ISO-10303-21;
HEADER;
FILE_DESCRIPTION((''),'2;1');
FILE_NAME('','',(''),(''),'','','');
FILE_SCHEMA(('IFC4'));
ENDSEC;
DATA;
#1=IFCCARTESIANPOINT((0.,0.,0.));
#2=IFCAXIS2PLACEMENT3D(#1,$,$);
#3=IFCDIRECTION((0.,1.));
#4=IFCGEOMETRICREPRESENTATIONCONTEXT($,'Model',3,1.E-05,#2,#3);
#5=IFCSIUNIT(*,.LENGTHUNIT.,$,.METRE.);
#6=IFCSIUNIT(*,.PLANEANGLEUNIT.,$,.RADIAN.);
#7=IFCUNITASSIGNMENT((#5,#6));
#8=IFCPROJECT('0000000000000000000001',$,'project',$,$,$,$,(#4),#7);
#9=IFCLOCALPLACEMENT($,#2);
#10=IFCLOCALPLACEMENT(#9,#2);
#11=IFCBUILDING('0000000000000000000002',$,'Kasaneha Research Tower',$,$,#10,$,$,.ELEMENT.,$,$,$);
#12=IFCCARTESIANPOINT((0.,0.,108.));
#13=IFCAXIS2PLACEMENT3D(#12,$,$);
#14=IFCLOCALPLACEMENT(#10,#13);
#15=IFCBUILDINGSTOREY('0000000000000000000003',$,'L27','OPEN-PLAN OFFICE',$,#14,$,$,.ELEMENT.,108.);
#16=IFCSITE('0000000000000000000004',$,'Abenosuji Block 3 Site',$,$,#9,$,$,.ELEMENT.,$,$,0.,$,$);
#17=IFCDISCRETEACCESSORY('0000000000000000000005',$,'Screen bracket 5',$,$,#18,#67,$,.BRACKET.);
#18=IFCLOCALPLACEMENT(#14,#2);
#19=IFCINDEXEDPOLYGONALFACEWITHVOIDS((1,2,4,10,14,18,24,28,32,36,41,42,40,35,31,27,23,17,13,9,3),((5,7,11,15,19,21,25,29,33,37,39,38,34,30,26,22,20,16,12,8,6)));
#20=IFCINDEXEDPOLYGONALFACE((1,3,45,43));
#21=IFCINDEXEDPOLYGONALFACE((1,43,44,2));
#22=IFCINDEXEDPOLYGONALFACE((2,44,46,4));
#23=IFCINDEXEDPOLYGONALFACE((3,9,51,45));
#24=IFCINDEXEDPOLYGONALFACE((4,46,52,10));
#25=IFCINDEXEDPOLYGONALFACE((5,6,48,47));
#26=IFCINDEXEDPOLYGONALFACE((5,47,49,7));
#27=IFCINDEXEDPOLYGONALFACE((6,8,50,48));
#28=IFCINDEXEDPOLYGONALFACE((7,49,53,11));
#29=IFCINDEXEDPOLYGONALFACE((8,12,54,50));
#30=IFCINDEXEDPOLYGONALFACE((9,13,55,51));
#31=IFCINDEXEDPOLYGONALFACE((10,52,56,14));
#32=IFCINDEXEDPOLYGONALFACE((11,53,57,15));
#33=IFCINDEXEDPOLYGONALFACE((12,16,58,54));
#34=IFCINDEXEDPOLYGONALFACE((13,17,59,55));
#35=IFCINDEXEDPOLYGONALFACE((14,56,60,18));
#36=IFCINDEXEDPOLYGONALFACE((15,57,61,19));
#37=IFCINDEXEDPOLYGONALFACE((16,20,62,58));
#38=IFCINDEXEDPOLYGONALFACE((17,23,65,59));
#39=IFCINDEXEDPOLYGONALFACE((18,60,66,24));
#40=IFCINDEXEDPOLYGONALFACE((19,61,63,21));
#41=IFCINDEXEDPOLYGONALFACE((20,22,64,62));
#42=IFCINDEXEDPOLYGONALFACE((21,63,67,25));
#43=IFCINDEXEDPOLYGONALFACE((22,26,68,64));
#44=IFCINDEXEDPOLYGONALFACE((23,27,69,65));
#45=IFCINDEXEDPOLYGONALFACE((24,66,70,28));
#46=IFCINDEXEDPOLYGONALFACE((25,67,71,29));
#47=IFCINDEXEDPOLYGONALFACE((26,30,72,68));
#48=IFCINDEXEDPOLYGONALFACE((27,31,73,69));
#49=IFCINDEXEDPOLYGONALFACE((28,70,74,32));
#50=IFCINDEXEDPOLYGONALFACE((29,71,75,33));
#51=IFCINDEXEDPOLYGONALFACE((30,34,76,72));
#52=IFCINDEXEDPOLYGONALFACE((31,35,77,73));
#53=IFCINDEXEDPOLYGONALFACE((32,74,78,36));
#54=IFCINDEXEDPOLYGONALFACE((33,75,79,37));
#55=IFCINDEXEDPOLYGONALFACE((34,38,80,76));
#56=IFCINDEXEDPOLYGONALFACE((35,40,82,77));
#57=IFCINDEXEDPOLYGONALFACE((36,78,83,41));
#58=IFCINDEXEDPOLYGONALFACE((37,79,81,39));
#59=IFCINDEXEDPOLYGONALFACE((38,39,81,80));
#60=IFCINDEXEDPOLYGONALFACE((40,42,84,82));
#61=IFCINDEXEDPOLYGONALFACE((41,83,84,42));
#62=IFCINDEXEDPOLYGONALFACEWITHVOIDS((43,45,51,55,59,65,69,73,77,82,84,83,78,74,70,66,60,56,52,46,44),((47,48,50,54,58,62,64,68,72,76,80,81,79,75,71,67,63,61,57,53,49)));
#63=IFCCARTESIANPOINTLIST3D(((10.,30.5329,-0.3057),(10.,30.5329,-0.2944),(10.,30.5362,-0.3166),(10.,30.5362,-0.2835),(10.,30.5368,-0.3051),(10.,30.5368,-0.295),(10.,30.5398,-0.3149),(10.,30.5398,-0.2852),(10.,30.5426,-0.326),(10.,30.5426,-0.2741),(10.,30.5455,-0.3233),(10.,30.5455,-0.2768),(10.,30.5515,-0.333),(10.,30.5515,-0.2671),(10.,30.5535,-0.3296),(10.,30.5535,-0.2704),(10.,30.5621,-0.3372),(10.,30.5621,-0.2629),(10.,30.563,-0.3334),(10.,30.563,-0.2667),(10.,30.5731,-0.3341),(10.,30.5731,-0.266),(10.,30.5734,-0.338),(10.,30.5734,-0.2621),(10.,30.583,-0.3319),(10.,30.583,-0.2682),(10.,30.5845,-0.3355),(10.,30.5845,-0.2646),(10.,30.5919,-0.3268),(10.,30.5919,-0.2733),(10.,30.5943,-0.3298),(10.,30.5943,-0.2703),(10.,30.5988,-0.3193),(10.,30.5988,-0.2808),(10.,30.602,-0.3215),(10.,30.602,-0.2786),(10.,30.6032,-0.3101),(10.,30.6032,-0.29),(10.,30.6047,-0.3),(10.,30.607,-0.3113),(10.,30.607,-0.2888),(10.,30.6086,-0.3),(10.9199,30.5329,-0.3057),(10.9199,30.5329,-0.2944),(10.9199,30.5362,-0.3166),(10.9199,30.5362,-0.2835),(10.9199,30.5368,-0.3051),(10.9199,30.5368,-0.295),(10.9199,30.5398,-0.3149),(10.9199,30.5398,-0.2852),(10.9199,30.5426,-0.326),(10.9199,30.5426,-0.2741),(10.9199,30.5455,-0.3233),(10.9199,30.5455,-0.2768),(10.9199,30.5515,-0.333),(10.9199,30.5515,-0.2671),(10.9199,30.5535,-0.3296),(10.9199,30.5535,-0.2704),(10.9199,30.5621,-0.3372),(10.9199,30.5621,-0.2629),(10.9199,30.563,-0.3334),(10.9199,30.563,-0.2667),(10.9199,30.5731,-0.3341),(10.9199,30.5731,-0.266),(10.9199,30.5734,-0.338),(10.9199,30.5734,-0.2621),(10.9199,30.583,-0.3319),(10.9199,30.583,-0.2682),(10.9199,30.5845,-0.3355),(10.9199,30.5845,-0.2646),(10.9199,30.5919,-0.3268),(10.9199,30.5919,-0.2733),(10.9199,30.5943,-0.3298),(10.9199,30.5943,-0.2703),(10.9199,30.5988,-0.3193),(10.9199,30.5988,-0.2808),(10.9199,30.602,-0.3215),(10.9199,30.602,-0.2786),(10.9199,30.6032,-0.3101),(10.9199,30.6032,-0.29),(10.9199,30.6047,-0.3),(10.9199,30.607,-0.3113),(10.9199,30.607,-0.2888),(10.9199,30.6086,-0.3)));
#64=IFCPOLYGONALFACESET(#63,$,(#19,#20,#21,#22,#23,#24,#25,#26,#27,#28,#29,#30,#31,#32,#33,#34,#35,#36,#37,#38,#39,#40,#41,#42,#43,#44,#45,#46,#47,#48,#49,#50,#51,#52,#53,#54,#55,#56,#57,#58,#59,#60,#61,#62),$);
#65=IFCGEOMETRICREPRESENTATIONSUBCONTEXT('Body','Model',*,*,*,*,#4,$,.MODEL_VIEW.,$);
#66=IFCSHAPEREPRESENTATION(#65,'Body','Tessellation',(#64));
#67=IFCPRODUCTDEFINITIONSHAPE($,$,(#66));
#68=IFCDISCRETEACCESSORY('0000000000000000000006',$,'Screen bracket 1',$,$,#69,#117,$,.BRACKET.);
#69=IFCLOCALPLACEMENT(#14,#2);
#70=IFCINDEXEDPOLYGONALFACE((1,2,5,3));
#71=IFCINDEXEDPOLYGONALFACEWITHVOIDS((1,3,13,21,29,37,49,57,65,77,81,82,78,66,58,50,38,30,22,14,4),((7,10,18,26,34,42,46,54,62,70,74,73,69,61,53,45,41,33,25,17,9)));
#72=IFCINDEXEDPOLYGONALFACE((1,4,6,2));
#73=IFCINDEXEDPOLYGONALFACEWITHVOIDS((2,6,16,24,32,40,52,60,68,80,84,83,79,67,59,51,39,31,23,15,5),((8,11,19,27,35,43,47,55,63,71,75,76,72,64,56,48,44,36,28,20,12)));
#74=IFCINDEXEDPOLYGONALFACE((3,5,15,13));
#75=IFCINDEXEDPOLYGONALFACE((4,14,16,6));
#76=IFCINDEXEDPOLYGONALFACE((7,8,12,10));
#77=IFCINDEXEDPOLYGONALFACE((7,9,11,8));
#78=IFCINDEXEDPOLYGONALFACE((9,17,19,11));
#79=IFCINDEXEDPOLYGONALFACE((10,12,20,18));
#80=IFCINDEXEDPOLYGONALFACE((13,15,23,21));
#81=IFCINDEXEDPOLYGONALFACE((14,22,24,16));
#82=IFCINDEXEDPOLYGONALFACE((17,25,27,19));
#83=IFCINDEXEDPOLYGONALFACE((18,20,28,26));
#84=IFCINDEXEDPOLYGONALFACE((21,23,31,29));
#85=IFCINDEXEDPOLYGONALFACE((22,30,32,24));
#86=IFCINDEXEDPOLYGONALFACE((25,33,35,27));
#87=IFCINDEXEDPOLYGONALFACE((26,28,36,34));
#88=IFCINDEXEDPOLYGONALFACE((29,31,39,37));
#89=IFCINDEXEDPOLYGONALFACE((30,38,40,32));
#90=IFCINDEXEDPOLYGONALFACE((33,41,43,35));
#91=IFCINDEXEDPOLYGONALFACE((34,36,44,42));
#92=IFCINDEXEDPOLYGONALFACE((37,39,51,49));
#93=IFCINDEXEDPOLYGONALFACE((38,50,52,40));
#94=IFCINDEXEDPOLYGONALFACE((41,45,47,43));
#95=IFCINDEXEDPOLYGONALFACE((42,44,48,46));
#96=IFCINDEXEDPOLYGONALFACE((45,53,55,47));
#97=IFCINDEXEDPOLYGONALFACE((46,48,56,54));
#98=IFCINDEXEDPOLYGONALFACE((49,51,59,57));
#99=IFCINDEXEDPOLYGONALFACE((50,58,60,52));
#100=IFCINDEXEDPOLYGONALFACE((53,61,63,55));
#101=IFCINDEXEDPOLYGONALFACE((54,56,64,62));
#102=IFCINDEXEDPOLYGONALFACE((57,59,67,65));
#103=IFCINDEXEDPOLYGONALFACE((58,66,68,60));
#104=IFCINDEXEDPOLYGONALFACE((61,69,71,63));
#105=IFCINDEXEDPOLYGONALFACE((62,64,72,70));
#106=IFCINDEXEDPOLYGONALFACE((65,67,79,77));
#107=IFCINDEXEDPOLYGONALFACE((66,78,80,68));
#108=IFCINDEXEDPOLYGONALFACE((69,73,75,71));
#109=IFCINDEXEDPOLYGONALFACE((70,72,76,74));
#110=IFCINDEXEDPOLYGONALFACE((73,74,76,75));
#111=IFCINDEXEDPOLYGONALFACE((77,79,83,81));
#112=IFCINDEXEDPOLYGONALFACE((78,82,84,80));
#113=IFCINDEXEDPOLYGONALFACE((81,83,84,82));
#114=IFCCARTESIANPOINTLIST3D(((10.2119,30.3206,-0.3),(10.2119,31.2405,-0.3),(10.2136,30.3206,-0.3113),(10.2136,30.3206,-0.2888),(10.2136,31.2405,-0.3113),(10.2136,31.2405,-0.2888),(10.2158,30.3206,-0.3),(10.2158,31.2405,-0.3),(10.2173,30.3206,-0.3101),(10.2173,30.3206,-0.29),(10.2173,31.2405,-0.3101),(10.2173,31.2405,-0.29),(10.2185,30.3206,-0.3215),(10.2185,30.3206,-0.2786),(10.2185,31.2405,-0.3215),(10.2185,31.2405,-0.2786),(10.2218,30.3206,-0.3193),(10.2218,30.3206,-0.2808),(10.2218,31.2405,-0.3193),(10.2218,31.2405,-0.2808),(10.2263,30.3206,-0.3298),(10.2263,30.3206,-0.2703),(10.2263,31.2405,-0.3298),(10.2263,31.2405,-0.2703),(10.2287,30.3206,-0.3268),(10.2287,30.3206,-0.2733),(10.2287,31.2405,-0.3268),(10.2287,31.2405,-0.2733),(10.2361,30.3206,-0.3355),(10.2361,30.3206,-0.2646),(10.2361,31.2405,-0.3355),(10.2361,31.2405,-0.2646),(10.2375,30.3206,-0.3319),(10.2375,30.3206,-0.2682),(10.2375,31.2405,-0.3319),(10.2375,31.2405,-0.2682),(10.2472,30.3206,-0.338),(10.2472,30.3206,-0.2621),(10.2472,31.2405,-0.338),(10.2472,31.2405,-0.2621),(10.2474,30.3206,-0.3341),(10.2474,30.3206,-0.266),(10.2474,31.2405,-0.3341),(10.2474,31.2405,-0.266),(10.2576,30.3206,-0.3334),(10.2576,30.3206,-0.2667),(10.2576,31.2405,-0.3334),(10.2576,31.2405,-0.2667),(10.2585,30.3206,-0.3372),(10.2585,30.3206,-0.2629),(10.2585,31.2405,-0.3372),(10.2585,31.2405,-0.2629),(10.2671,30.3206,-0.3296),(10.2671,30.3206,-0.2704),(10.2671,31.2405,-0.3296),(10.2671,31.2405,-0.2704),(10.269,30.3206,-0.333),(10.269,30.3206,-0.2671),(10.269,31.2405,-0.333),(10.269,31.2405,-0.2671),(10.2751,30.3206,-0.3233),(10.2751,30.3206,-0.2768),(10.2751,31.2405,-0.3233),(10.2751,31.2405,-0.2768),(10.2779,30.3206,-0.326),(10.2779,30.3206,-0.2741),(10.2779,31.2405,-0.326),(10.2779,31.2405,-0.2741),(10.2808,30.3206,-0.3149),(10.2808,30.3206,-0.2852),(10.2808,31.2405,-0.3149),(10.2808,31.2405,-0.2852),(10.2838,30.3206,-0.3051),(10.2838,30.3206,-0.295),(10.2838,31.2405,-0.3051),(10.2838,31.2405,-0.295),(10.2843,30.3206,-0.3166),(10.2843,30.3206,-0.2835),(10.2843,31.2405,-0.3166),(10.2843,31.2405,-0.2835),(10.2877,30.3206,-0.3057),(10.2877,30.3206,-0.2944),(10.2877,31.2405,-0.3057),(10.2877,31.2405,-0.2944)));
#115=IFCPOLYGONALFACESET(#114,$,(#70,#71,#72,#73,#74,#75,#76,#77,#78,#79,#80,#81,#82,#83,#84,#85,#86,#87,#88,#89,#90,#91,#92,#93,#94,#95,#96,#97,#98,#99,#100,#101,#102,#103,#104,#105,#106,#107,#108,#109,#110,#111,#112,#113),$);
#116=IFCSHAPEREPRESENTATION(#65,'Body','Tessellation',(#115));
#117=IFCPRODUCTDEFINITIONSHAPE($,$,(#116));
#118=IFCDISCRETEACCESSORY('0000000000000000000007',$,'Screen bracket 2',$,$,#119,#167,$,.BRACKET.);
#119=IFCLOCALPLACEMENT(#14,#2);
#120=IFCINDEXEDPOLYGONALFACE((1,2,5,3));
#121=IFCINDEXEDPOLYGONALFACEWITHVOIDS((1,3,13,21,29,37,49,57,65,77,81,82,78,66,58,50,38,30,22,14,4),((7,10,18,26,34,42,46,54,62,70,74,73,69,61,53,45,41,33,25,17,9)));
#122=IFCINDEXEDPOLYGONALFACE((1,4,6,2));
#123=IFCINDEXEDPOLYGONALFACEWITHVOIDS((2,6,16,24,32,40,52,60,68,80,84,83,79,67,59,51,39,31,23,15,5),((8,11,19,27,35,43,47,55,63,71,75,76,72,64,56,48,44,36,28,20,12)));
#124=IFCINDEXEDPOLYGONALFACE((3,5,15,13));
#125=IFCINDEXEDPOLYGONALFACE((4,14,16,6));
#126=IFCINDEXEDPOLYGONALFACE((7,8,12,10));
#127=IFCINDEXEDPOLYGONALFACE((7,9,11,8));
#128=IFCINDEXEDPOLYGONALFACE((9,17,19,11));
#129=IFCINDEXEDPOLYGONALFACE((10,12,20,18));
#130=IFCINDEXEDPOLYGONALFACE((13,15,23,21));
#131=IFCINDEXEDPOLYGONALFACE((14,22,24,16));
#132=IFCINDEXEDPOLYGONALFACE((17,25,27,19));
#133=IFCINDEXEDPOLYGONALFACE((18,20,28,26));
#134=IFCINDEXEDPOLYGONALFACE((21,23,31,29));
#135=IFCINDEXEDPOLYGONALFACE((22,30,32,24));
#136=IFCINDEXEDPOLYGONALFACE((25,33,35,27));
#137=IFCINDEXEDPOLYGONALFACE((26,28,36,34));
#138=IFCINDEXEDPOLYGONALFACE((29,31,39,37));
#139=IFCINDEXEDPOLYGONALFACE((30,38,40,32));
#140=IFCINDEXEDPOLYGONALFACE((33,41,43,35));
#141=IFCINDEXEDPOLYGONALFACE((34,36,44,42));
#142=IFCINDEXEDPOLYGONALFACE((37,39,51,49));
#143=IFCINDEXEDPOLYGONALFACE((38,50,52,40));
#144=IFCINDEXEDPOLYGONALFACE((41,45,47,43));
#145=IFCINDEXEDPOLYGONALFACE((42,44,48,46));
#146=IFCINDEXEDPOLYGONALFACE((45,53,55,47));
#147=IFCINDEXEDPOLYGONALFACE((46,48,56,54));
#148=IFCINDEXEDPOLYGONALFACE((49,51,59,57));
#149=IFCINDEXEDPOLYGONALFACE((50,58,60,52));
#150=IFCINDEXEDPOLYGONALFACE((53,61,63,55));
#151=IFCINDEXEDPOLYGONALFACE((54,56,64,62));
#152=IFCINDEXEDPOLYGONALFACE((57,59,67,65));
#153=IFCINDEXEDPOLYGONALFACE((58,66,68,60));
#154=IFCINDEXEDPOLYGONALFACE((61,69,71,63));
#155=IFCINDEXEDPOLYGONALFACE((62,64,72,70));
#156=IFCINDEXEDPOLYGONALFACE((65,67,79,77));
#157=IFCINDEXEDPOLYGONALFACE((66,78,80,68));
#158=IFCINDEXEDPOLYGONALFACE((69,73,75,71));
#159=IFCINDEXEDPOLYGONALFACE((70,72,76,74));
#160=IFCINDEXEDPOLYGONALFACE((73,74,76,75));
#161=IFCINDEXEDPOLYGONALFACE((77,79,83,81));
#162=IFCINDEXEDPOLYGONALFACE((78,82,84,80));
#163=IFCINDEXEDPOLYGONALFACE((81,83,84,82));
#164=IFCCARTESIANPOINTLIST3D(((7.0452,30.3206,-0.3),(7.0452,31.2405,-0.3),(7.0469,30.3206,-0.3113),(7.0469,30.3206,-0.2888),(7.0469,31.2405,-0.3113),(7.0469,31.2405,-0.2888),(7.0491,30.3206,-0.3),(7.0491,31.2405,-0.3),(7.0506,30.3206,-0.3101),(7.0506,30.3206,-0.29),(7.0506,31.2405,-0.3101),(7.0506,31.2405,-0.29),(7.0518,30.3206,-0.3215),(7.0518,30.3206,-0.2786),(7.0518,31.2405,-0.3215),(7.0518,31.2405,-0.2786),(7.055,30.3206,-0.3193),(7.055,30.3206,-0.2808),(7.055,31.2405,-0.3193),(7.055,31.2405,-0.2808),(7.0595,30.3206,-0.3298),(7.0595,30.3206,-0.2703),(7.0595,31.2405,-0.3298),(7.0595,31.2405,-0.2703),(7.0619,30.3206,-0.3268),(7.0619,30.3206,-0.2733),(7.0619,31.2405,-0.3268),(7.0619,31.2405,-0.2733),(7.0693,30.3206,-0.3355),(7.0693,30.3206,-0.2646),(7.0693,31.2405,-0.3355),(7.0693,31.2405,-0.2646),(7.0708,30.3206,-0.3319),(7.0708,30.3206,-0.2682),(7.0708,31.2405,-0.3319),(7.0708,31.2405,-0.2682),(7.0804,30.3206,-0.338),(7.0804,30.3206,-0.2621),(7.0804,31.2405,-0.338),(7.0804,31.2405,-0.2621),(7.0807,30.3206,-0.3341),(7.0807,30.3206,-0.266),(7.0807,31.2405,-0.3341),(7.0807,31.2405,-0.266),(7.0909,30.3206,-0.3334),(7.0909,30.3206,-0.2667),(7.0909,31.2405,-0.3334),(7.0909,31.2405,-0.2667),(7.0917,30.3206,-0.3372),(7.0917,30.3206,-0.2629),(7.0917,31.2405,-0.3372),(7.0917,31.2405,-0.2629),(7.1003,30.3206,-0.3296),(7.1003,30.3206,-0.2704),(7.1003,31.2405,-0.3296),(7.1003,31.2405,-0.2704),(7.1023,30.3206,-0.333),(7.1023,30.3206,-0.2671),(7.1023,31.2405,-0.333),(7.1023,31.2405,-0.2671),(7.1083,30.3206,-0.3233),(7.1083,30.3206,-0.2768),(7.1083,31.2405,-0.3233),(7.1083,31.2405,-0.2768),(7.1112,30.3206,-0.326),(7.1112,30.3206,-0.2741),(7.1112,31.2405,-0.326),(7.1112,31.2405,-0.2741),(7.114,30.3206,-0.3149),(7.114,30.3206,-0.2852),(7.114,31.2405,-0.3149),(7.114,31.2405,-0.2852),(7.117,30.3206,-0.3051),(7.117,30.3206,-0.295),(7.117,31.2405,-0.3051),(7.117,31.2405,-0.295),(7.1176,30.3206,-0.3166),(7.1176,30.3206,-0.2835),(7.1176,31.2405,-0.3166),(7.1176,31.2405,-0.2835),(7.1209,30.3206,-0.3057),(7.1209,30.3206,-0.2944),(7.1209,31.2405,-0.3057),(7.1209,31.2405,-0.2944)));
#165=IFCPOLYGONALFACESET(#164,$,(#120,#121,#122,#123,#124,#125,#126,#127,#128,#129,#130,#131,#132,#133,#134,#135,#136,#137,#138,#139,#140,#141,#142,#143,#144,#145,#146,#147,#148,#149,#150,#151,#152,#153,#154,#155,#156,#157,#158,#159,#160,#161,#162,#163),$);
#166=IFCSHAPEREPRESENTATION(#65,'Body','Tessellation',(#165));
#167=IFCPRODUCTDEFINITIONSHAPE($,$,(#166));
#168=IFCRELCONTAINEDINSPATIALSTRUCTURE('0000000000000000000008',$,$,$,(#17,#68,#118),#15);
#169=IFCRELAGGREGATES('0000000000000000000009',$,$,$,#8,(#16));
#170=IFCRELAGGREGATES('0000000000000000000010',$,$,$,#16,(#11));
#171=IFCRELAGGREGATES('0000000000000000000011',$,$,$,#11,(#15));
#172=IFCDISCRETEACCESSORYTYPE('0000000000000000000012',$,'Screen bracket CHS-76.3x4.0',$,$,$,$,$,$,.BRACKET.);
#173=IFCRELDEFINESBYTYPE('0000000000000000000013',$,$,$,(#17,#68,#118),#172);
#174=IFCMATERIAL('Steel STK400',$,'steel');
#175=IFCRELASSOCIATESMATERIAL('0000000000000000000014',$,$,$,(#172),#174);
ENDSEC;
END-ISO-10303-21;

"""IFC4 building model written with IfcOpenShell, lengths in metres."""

from ifc_helpers import new_model, si_unit, direction, frame, origin, origin_2d, place, context, subcontext, project, spatial, hollow_circle, extrude, material, material_profile, profile_set, type_object, element, save


model = new_model("IFC4")

# Units and contexts
model_context = context("Model", 3, precision=1e-05, world=origin(), true_north=direction((0.0, 1.0)))
body_context = subcontext(model_context, "Body", "Model", "MODEL_VIEW")
ifc_project = project(units=[si_unit("LENGTHUNIT", "METRE"), si_unit("PLANEANGLEUNIT", "RADIAN")], contexts=[model_context])

# Site, building, storey
site_placement = place(None, origin())
site = spatial("IfcSite", under=ifc_project, at=site_placement, Name="Abenosuji Block 3 Site", CompositionType="ELEMENT", RefElevation=0.0)
building_placement = place(site_placement, origin())
building = spatial("IfcBuilding", under=site, at=building_placement, Name="Kasaneha Research Tower", CompositionType="ELEMENT")
storey_placement = place(building_placement, frame((0.0, 0.0, 108.0)))
storey = spatial("IfcBuildingStorey", under=building, at=storey_placement, Name="L27", Description="OPEN-PLAN OFFICE", CompositionType="ELEMENT", Elevation=108.0)

# Discrete accessories
ifc_material_1 = material(Name="Steel STK400", Category="steel")
ifc_material_profile_1 = material_profile(ifc_material_1, hollow_circle(Radius=0.0381, WallThickness=0.0039, at=origin_2d()), Name="CHS-76.3x4.0")
ifc_profile_set_1 = profile_set([ifc_material_profile_1], Name="Steel STK400")
discrete_accessory_type = type_object("IfcDiscreteAccessoryType", Name="Screen bracket CHS-76.3x4.0", PredefinedType="BRACKET", material=ifc_profile_set_1)
for number, where, z_axis, x_axis, name in (
    (1, (10.0, 30.5706, -0.3), (1.0, 0.0, 0.0), (0.0, 1.0, 0.0), "Screen bracket 5"),
    (2, (10.25, 30.3206, -0.3), (0.0, 1.0, 0.0), (-1.0, 0.0, 0.0), "Screen bracket 1"),
    (3, (7.0833, 30.3206, -0.3), (0.0, 1.0, 0.0), (-1.0, 0.0, 0.0), "Screen bracket 2"),
):
    element("IfcDiscreteAccessory", number, at=place(storey_placement, frame(where, z_axis=z_axis, x_axis=x_axis)), inside=storey, type_object=discrete_accessory_type, Name=name, PredefinedType="BRACKET", context=body_context, shape_type="SweptSolid", body=[
        extrude(hollow_circle(Radius=0.0381, WallThickness=0.0039, at=origin_2d()), origin(), (0.0, 0.0, 1.0), 0.9199),
    ])

save(model, "model.ifc")
